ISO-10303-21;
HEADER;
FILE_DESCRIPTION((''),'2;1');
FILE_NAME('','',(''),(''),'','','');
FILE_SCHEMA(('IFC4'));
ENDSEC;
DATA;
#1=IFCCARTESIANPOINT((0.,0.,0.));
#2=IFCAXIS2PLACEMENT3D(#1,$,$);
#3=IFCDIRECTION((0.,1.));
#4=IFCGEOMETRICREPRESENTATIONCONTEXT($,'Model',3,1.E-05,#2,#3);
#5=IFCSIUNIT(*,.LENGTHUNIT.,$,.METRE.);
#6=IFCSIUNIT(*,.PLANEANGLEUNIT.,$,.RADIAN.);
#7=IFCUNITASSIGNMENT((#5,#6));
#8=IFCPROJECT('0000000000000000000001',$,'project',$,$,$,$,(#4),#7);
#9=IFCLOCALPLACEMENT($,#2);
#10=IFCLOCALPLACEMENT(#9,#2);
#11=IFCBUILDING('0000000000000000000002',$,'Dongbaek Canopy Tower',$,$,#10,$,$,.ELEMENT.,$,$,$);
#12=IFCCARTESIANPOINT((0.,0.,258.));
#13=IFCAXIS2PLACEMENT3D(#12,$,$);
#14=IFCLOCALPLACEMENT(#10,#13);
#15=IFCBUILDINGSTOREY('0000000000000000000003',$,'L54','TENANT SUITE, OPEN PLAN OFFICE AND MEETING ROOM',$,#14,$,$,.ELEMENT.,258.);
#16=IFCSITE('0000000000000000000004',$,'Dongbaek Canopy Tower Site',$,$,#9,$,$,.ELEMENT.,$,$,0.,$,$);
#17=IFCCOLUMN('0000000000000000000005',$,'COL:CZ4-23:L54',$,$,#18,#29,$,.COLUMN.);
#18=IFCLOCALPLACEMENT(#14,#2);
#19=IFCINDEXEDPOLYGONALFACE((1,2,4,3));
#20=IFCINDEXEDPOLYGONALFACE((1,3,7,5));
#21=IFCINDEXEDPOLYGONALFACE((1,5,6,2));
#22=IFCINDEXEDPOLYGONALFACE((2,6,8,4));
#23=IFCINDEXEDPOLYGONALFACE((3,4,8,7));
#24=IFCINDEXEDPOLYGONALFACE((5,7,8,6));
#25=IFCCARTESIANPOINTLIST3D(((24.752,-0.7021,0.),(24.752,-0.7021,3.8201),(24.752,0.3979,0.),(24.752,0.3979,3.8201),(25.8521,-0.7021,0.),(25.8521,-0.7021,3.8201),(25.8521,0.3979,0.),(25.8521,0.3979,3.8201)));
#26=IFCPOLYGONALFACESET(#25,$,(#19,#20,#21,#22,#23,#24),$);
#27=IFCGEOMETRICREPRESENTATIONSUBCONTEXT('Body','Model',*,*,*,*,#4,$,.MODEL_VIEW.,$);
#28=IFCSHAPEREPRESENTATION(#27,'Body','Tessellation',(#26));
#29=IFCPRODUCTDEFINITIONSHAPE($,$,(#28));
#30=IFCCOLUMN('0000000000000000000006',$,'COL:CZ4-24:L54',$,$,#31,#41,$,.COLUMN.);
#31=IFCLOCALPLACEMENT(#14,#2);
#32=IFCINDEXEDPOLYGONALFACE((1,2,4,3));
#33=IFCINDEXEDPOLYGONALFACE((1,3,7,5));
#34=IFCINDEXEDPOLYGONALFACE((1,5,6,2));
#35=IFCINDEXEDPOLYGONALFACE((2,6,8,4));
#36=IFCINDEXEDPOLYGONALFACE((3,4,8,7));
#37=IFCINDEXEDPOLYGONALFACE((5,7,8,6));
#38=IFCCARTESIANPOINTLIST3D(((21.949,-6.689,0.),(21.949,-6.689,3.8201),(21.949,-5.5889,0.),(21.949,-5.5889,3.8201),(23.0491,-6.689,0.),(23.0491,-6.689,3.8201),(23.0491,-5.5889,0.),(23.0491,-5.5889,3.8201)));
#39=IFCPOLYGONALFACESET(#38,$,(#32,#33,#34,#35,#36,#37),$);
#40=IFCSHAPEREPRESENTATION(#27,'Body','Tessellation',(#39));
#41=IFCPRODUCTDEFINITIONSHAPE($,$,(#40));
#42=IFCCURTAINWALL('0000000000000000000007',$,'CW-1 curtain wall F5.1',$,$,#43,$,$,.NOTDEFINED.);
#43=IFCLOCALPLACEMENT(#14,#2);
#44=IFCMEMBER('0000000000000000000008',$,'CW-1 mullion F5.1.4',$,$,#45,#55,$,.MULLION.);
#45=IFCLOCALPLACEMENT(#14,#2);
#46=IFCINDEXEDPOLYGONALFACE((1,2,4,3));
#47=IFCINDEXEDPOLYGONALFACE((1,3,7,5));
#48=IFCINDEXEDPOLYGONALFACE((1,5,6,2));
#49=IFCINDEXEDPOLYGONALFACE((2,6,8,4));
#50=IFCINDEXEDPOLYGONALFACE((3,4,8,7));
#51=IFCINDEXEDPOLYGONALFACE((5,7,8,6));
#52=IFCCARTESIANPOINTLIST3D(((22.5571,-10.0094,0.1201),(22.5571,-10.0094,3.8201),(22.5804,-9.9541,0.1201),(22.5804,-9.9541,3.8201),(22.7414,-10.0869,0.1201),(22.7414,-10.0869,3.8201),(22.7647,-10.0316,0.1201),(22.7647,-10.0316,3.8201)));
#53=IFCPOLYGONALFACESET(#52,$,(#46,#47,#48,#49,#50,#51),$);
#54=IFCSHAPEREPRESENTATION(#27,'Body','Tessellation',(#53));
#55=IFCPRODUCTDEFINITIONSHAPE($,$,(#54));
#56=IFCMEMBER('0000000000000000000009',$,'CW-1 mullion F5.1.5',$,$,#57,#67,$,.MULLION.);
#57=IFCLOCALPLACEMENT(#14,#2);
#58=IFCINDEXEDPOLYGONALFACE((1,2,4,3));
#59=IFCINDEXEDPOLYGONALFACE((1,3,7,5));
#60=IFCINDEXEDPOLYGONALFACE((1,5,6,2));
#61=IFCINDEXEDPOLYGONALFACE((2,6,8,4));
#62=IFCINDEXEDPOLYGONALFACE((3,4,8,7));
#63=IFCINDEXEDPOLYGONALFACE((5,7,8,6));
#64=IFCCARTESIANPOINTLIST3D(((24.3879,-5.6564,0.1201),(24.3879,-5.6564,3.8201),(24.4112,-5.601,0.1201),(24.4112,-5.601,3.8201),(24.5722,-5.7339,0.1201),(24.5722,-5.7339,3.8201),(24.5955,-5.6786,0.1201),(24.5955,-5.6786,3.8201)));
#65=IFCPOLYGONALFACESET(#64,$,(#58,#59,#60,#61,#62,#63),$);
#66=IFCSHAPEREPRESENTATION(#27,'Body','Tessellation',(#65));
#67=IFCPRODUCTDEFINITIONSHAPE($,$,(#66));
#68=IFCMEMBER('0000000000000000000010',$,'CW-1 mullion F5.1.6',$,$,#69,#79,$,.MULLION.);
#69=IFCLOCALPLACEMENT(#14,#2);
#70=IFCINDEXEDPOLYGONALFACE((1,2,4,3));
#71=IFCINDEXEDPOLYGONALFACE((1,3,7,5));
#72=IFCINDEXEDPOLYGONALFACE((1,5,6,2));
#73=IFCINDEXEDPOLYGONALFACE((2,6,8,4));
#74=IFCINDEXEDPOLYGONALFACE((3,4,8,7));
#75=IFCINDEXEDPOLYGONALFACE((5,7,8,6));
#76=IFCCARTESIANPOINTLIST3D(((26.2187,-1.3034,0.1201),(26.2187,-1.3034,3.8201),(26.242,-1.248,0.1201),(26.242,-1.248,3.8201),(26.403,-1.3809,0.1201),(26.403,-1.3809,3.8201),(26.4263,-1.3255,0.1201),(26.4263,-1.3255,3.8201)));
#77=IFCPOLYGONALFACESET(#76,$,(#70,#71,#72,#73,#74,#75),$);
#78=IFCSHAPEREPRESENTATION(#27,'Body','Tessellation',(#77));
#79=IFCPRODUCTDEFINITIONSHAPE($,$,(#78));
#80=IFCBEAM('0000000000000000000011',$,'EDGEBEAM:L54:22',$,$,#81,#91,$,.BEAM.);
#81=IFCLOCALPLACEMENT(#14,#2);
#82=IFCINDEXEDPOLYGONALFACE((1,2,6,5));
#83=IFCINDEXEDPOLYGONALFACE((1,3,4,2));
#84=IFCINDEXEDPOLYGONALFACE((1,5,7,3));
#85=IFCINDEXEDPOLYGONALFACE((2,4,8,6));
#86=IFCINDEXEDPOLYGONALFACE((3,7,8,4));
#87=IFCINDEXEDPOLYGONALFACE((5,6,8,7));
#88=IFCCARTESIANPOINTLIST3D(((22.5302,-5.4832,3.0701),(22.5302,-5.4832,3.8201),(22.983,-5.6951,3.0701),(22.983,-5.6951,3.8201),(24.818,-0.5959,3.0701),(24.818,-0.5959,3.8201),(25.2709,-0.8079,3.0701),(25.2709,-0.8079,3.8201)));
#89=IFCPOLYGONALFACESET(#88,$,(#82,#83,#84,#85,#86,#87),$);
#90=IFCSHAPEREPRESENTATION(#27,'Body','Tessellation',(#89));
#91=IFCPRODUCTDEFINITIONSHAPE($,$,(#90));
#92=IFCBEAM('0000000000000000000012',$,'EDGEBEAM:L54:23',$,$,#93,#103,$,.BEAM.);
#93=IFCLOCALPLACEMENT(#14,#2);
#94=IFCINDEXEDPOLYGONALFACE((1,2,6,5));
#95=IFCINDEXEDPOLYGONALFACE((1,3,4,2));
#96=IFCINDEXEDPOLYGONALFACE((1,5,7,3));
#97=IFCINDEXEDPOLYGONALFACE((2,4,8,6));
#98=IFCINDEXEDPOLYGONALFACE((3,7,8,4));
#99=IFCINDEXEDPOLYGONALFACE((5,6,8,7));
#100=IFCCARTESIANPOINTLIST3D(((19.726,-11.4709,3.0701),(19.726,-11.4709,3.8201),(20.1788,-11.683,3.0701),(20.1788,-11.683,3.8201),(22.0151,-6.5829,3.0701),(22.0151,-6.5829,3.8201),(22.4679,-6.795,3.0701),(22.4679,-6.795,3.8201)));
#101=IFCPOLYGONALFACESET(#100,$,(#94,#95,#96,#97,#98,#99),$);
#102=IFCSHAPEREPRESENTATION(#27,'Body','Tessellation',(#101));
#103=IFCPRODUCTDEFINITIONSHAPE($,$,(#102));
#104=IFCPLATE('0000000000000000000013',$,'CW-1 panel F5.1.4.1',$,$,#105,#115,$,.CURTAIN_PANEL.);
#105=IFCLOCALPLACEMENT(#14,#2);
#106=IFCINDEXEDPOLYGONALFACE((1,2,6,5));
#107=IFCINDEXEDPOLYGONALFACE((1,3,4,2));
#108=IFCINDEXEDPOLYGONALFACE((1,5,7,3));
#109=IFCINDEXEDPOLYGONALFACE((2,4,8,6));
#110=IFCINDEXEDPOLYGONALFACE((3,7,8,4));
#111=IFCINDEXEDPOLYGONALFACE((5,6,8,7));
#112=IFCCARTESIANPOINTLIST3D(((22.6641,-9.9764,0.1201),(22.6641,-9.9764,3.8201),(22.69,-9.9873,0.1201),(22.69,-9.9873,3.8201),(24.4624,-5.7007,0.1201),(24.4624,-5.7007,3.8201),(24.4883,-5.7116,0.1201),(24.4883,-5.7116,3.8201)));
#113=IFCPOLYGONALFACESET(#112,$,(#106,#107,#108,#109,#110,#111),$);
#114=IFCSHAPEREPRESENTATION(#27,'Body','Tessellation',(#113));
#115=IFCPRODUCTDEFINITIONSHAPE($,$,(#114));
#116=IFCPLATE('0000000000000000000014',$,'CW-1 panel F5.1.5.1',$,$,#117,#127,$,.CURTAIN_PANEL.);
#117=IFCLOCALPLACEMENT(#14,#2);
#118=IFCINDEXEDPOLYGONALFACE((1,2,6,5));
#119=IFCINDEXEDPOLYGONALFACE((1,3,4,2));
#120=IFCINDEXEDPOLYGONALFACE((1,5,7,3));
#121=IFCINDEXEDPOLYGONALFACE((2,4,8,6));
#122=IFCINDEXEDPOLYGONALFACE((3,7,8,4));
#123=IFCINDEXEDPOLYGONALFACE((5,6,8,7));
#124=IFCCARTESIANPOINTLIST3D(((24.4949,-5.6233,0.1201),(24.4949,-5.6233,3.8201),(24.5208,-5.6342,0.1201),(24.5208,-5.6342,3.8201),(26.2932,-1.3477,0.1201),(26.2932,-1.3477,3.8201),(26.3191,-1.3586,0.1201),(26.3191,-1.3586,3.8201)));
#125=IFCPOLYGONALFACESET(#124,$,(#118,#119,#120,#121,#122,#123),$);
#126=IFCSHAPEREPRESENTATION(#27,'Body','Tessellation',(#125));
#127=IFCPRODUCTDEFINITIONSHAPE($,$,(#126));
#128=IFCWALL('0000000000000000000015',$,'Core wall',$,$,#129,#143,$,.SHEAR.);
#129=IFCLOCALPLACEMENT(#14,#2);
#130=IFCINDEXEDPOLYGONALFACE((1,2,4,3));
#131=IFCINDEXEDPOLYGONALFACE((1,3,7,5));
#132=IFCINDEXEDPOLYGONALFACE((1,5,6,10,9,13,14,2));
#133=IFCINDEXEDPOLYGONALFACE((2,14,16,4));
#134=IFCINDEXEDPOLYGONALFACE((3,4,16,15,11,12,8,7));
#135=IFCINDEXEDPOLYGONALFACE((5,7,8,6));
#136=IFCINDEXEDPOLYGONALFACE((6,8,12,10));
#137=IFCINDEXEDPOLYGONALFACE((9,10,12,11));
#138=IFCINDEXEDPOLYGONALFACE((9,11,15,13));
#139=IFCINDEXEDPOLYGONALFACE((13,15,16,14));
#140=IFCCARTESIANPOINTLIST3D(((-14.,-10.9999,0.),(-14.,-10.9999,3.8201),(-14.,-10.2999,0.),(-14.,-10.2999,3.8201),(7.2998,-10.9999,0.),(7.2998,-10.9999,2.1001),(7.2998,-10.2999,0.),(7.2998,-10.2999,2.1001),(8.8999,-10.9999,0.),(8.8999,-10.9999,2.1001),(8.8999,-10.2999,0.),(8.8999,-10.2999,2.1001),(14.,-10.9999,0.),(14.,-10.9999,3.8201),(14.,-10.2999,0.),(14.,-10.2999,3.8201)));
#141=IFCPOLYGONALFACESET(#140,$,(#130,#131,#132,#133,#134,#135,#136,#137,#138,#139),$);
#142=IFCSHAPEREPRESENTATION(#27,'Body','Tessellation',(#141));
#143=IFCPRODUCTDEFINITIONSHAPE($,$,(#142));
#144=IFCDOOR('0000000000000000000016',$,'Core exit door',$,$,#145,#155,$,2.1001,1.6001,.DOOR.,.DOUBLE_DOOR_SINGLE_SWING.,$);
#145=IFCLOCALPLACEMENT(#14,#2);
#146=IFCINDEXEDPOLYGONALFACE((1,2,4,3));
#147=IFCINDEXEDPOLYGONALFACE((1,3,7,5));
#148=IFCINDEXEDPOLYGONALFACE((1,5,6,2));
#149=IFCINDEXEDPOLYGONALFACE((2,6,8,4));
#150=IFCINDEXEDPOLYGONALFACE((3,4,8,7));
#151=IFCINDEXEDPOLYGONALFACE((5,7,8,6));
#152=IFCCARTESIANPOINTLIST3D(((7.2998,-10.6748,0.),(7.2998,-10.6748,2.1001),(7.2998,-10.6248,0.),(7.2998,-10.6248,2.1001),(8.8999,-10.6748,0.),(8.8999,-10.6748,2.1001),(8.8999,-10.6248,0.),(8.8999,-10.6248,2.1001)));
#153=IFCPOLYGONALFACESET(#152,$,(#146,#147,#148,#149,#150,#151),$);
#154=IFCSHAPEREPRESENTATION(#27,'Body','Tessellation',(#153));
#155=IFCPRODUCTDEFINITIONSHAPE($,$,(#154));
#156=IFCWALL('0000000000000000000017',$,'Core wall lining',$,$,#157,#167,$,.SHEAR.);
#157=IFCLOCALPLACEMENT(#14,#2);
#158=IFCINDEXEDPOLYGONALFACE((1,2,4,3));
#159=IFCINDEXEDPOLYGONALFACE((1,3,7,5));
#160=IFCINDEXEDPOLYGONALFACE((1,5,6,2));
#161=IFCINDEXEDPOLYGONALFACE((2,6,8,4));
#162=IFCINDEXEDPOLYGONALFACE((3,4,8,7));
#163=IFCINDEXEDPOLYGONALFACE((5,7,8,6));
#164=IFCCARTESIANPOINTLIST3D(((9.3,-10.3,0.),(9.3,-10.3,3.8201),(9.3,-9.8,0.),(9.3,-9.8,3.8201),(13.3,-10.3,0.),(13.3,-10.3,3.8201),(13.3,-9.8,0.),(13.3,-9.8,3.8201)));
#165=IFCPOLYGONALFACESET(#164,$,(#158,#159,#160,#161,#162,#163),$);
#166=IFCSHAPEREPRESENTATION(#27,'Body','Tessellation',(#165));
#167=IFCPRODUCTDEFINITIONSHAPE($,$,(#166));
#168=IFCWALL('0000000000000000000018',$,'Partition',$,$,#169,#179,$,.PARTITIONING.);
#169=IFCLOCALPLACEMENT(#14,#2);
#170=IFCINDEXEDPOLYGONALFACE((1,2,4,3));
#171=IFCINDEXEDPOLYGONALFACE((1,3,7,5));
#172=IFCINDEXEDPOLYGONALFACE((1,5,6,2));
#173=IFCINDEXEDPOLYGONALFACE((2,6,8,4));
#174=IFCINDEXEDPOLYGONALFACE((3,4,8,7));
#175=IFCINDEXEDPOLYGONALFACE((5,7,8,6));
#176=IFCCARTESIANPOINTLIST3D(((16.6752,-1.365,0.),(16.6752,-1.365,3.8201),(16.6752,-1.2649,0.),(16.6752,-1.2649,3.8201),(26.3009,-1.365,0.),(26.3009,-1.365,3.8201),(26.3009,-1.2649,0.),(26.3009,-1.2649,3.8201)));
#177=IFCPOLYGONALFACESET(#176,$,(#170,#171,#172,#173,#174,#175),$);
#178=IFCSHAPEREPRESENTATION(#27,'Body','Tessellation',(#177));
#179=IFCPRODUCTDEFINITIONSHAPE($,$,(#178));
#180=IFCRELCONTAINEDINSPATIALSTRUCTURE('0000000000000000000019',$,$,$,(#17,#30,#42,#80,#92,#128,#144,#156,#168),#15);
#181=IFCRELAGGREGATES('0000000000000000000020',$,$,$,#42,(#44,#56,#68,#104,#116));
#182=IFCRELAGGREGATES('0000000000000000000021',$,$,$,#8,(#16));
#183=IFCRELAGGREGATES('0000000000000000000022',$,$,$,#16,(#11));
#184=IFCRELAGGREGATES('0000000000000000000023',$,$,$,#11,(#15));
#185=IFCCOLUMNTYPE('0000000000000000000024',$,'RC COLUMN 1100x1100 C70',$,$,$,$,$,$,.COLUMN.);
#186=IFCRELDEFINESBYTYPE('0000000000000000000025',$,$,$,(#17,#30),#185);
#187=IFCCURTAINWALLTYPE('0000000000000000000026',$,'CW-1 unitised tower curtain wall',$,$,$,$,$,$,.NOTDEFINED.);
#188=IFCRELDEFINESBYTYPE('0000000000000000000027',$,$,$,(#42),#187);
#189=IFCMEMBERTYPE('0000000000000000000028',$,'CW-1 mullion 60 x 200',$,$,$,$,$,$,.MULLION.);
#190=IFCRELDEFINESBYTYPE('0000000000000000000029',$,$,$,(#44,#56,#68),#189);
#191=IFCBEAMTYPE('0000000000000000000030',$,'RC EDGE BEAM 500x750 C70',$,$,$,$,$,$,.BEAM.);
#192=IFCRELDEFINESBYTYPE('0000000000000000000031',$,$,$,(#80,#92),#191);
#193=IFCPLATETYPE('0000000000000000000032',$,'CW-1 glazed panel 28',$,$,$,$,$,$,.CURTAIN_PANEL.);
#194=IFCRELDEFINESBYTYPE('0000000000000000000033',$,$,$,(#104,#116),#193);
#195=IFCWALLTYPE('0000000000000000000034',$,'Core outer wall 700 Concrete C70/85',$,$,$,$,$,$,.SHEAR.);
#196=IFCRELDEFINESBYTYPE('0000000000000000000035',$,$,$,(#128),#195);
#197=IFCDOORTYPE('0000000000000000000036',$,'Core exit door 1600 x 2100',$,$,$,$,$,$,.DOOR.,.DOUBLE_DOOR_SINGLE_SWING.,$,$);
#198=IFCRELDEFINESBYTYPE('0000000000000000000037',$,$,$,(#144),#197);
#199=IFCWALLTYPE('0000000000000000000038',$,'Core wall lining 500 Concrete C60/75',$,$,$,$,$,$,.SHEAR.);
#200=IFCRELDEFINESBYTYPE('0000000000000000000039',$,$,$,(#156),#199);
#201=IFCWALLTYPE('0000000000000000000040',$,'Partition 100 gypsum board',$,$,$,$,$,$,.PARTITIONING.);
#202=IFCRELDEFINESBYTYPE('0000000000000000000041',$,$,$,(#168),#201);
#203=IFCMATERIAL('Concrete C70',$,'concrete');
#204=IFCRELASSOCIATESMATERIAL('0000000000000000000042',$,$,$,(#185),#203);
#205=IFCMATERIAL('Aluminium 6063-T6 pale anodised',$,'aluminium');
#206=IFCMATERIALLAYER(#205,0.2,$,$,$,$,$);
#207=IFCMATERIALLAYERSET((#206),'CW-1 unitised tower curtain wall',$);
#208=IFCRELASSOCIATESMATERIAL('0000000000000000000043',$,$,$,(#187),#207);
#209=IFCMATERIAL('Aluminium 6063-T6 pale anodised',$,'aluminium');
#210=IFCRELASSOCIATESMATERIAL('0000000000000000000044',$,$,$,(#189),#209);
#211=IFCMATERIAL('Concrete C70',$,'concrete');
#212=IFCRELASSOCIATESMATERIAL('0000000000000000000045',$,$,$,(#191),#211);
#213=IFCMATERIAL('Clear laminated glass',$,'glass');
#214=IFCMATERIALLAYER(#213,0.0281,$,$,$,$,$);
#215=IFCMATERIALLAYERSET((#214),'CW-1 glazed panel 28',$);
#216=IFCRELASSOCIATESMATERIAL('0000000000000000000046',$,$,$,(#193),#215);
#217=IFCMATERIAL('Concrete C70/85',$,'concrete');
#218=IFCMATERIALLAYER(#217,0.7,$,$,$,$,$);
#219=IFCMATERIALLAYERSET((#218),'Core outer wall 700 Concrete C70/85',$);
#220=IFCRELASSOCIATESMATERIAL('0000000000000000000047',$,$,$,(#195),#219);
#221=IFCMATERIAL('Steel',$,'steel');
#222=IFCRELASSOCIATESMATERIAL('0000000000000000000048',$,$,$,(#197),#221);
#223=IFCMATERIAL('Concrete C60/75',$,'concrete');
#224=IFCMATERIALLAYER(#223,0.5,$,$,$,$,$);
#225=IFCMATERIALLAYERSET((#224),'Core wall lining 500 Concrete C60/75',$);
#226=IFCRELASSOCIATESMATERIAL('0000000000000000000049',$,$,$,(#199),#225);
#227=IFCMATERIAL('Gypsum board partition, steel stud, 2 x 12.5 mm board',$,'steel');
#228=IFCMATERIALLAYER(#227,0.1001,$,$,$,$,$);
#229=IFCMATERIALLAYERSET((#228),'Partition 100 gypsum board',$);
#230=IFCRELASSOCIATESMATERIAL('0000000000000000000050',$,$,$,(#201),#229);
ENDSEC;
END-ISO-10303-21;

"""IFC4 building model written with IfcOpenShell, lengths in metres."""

from ifc_helpers import new_model, si_unit, direction, frame, frame_2d, origin, origin_2d, place, context, subcontext, project, spatial, rectangle, extrude, material, layer, layer_set, material_profile, profile_set, type_object, element, fill, aggregate, save


model = new_model("IFC4")

# Units and contexts
model_context = context("Model", 3, precision=1e-05, world=origin(), true_north=direction((0.0, 1.0)))
body_context = subcontext(model_context, "Body", "Model", "MODEL_VIEW")
ifc_project = project(units=[si_unit("LENGTHUNIT", "METRE"), si_unit("PLANEANGLEUNIT", "RADIAN")], contexts=[model_context])

# Site, building, storey
site_placement = place(None, origin())
site = spatial("IfcSite", under=ifc_project, at=site_placement, Name="Dongbaek Canopy Tower Site", CompositionType="ELEMENT", RefElevation=0.0)
building_placement = place(site_placement, origin())
building = spatial("IfcBuilding", under=site, at=building_placement, Name="Dongbaek Canopy Tower", CompositionType="ELEMENT")
storey_placement = place(building_placement, frame((0.0, 0.0, 258.0)))
storey = spatial("IfcBuildingStorey", under=building, at=storey_placement, Name="L54", Description="TENANT SUITE, OPEN PLAN OFFICE AND MEETING ROOM", CompositionType="ELEMENT", Elevation=258.0)

# Columns
ifc_material_1 = material(Name="Concrete C70", Category="concrete")
ifc_material_profile_1 = material_profile(ifc_material_1, rectangle(XDim=1.1001, YDim=1.1001, at=origin_2d()), Name="RC COLUMN 1100x1100 C70")
ifc_profile_set_1 = profile_set([ifc_material_profile_1], Name="Concrete C70")
column_type = type_object("IfcColumnType", Name="RC COLUMN 1100x1100 C70", PredefinedType="COLUMN", material=ifc_profile_set_1)
for number, where, z_axis, x_axis, name in (
    (1, (25.302, -0.1521, 0.0), (0.0, 0.0, 1.0), (1.0, 0.0, 0.0), "COL:CZ4-23:L54"),
    (2, (22.499, -6.1389, 0.0), (0.0, 0.0, 1.0), (1.0, 0.0, 0.0), "COL:CZ4-24:L54"),
):
    element("IfcColumn", number, at=place(storey_placement, frame(where, z_axis=z_axis, x_axis=x_axis)), inside=storey, type_object=column_type, Name=name, PredefinedType="COLUMN", context=body_context, shape_type="SweptSolid", body=[
        extrude(rectangle(XDim=1.1001, YDim=1.1001, at=origin_2d()), origin(), (0.0, 0.0, 1.0), 3.8201),
    ])

# Curtain wall, members
ifc_material_2 = material(Name="Aluminium 6063-T6 pale anodised", Category="aluminium")
ifc_layer_1 = layer(ifc_material_2, 0.2)
ifc_layer_set_1 = layer_set([ifc_layer_1], Name="CW-1 unitised tower curtain wall")
curtain_wall_type = type_object("IfcCurtainWallType", Name="CW-1 unitised tower curtain wall", PredefinedType="NOTDEFINED", material=ifc_layer_set_1)
curtain_wall_placement = place(storey_placement, origin())
curtain_wall = element("IfcCurtainWall", 3, at=curtain_wall_placement, inside=storey, type_object=curtain_wall_type, Name="CW-1 curtain wall F5.1", PredefinedType="NOTDEFINED")
ifc_material_3 = material(Name="Aluminium 6063-T6 pale anodised", Category="aluminium")
ifc_material_profile_2 = material_profile(ifc_material_3, rectangle(XDim=0.2, YDim=0.0601, at=origin_2d()), Name="CW-1 mullion 60 x 200")
ifc_profile_set_2 = profile_set([ifc_material_profile_2], Name="Aluminium 6063-T6 pale anodised")
member_type = type_object("IfcMemberType", Name="CW-1 mullion 60 x 200", PredefinedType="MULLION", material=ifc_profile_set_2)
member_1_placement = place(storey_placement, frame((22.6609, -10.0205, 0.1201), z_axis=(0.0, 0.0, 1.0), x_axis=(0.921787, -0.387696, 0.0)))
member_1 = element("IfcMember", 4, at=member_1_placement, type_object=member_type, Name="CW-1 mullion F5.1.4", PredefinedType="MULLION", context=body_context, shape_type="SweptSolid", body=[
    extrude(rectangle(XDim=0.2, YDim=0.0601, at=origin_2d()), origin(), (0.0, 0.0, 1.0), 3.7),
])
member_2_placement = place(storey_placement, frame((24.4917, -5.6675, 0.1201), z_axis=(0.0, 0.0, 1.0), x_axis=(0.921787, -0.387696, 0.0)))
member_2 = element("IfcMember", 5, at=member_2_placement, type_object=member_type, Name="CW-1 mullion F5.1.5", PredefinedType="MULLION", context=body_context, shape_type="SweptSolid", body=[
    extrude(rectangle(XDim=0.2, YDim=0.0601, at=origin_2d()), origin(), (0.0, 0.0, 1.0), 3.7),
])
member_3_placement = place(storey_placement, frame((26.3225, -1.3145, 0.1201), z_axis=(0.0, 0.0, 1.0), x_axis=(0.921787, -0.387696, 0.0)))
member_3 = element("IfcMember", 6, at=member_3_placement, type_object=member_type, Name="CW-1 mullion F5.1.6", PredefinedType="MULLION", context=body_context, shape_type="SweptSolid", body=[
    extrude(rectangle(XDim=0.2, YDim=0.0601, at=origin_2d()), origin(), (0.0, 0.0, 1.0), 3.7),
])

# Beams
ifc_material_4 = material(Name="Concrete C70", Category="concrete")
ifc_material_profile_3 = material_profile(ifc_material_4, rectangle(XDim=0.5, YDim=0.75, at=origin_2d()), Name="RC EDGE BEAM 500x750 C70")
ifc_profile_set_3 = profile_set([ifc_material_profile_3], Name="Concrete C70")
beam_type = type_object("IfcBeamType", Name="RC EDGE BEAM 500x750 C70", PredefinedType="BEAM", material=ifc_profile_set_3)
beam_1_placement = place(storey_placement, frame((25.0444, -0.7019, 3.4451), z_axis=(-0.423972, -0.905675, 0.0), x_axis=(0.905675, -0.423972, 0.0)))
element("IfcBeam", 7, at=beam_1_placement, inside=storey, type_object=beam_type, Name="EDGEBEAM:L54:22", PredefinedType="BEAM", context=body_context, shape_type="SweptSolid", body=[
    extrude(rectangle(XDim=0.5, YDim=0.75, at=origin_2d()), origin(), (0.0, 0.0, 1.0), 5.3962),
])
beam_2_placement = place(storey_placement, frame((22.2415, -6.689, 3.4451), z_axis=(-0.424106, -0.905613, 0.0), x_axis=(0.905613, -0.424106, 0.0)))
element("IfcBeam", 8, at=beam_2_placement, inside=storey, type_object=beam_type, Name="EDGEBEAM:L54:23", PredefinedType="BEAM", context=body_context, shape_type="SweptSolid", body=[
    extrude(rectangle(XDim=0.5, YDim=0.75, at=origin_2d()), origin(), (0.0, 0.0, 1.0), 5.3975),
])

# Plates
ifc_material_5 = material(Name="Clear laminated glass", Category="glass")
ifc_layer_2 = layer(ifc_material_5, 0.0281)
ifc_layer_set_2 = layer_set([ifc_layer_2], Name="CW-1 glazed panel 28")
plate_type = type_object("IfcPlateType", Name="CW-1 glazed panel 28", PredefinedType="CURTAIN_PANEL", material=ifc_layer_set_2)
plate_1_placement = place(storey_placement, frame((23.5762, -7.844, 0.1201), z_axis=(0.0, 0.0, 1.0), x_axis=(0.387696, 0.921787, 0.0)))
plate_1 = element("IfcPlate", 9, at=plate_1_placement, type_object=plate_type, Name="CW-1 panel F5.1.4.1", PredefinedType="CURTAIN_PANEL", context=body_context, shape_type="SweptSolid", body=[
    extrude(rectangle(XDim=4.6384, YDim=0.0281, at=origin_2d()), origin(), (0.0, 0.0, 1.0), 3.7),
])
plate_2_placement = place(storey_placement, frame((25.407, -3.491, 0.1201), z_axis=(0.0, 0.0, 1.0), x_axis=(0.387696, 0.921787, 0.0)))
plate_2 = element("IfcPlate", 10, at=plate_2_placement, type_object=plate_type, Name="CW-1 panel F5.1.5.1", PredefinedType="CURTAIN_PANEL", context=body_context, shape_type="SweptSolid", body=[
    extrude(rectangle(XDim=4.6384, YDim=0.0281, at=origin_2d()), origin(), (0.0, 0.0, 1.0), 3.7),
])

# Wall, opening, door
ifc_material_6 = material(Name="Concrete C70/85", Category="concrete")
ifc_layer_3 = layer(ifc_material_6, 0.7)
ifc_layer_set_3 = layer_set([ifc_layer_3], Name="Core outer wall 700 Concrete C70/85")
wall_type_1 = type_object("IfcWallType", Name="Core outer wall 700 Concrete C70/85", PredefinedType="SHEAR", material=ifc_layer_set_3)
wall_1_placement = place(storey_placement, frame((14.0, -10.6499, 0.0), z_axis=(0.0, 0.0, 1.0), x_axis=(-1.0, 0.0, 0.0)))
wall_1 = element("IfcWall", 11, at=wall_1_placement, inside=storey, type_object=wall_type_1, Name="Core wall", PredefinedType="SHEAR", context=body_context, shape_type="SweptSolid", body=[
    extrude(rectangle(XDim=28.0, YDim=0.7, at=frame_2d((14.0, 0.0))), origin(), (0.0, 0.0, 1.0), 3.8201),
])
opening_placement = place(wall_1_placement, frame((5.1001, 0.0, 0.0)))
opening = element("IfcOpeningElement", 12, at=opening_placement, cuts=wall_1, PredefinedType="OPENING", context=body_context, shape_type="SweptSolid", body=[
    extrude(rectangle(XDim=1.6001, YDim=2.1001, at=frame_2d((0.8, 1.05))), frame((0.0, 0.3599, 0.0), z_axis=(0.0, -1.0, 0.0), x_axis=(1.0, 0.0, 0.0)), (0.0, 0.0, 1.0), 0.72),
])
ifc_material_7 = material(Name="Steel", Category="steel")
door_type = type_object("IfcDoorType", Name="Core exit door 1600 x 2100", OperationType="DOUBLE_DOOR_SINGLE_SWING", PredefinedType="DOOR", material=ifc_material_7)
door_placement = place(opening_placement, origin())
door = element("IfcDoor", 13, at=door_placement, inside=storey, type_object=door_type, Name="Core exit door", OperationType="DOUBLE_DOOR_SINGLE_SWING", OverallHeight=2.1001, OverallWidth=1.6001, PredefinedType="DOOR", context=body_context, shape_type="SweptSolid", body=[
    extrude(rectangle(XDim=1.6001, YDim=2.1001, at=frame_2d((0.8, 1.05))), frame((0.0, 0.0249, 0.0), z_axis=(0.0, -1.0, 0.0), x_axis=(1.0, 0.0, 0.0)), (0.0, 0.0, 1.0), 0.05),
])
fill(opening, door)

# Walls
ifc_material_8 = material(Name="Concrete C60/75", Category="concrete")
ifc_layer_4 = layer(ifc_material_8, 0.5)
ifc_layer_set_4 = layer_set([ifc_layer_4], Name="Core wall lining 500 Concrete C60/75")
wall_type_2 = type_object("IfcWallType", Name="Core wall lining 500 Concrete C60/75", PredefinedType="SHEAR", material=ifc_layer_set_4)
wall_2_placement = place(storey_placement, frame((13.3, -10.05, 0.0), z_axis=(0.0, 0.0, 1.0), x_axis=(-1.0, 0.0, 0.0)))
element("IfcWall", 14, at=wall_2_placement, inside=storey, type_object=wall_type_2, Name="Core wall lining", PredefinedType="SHEAR", context=body_context, shape_type="SweptSolid", body=[
    extrude(rectangle(XDim=4.0, YDim=0.5, at=frame_2d((2.0, 0.0))), origin(), (0.0, 0.0, 1.0), 3.8201),
])
ifc_material_9 = material(Name="Gypsum board partition, steel stud, 2 x 12.5 mm board", Category="steel")
ifc_layer_5 = layer(ifc_material_9, 0.1001)
ifc_layer_set_5 = layer_set([ifc_layer_5], Name="Partition 100 gypsum board")
wall_type_3 = type_object("IfcWallType", Name="Partition 100 gypsum board", PredefinedType="PARTITIONING", material=ifc_layer_set_5)
wall_3_placement = place(storey_placement, frame((16.675, -1.3149, 0.0), z_axis=(0.0, 0.0, 1.0), x_axis=(1.0, 0.0, 0.0)))
element("IfcWall", 15, at=wall_3_placement, inside=storey, type_object=wall_type_3, Name="Partition", PredefinedType="PARTITIONING", context=body_context, shape_type="SweptSolid", body=[
    extrude(rectangle(XDim=9.6257, YDim=0.1001, at=frame_2d((4.813, 0.0))), origin(), (0.0, 0.0, 1.0), 3.8201),
])

aggregate(curtain_wall, [member_1, member_2, member_3, plate_1, plate_2])

save(model, "model.ifc")
